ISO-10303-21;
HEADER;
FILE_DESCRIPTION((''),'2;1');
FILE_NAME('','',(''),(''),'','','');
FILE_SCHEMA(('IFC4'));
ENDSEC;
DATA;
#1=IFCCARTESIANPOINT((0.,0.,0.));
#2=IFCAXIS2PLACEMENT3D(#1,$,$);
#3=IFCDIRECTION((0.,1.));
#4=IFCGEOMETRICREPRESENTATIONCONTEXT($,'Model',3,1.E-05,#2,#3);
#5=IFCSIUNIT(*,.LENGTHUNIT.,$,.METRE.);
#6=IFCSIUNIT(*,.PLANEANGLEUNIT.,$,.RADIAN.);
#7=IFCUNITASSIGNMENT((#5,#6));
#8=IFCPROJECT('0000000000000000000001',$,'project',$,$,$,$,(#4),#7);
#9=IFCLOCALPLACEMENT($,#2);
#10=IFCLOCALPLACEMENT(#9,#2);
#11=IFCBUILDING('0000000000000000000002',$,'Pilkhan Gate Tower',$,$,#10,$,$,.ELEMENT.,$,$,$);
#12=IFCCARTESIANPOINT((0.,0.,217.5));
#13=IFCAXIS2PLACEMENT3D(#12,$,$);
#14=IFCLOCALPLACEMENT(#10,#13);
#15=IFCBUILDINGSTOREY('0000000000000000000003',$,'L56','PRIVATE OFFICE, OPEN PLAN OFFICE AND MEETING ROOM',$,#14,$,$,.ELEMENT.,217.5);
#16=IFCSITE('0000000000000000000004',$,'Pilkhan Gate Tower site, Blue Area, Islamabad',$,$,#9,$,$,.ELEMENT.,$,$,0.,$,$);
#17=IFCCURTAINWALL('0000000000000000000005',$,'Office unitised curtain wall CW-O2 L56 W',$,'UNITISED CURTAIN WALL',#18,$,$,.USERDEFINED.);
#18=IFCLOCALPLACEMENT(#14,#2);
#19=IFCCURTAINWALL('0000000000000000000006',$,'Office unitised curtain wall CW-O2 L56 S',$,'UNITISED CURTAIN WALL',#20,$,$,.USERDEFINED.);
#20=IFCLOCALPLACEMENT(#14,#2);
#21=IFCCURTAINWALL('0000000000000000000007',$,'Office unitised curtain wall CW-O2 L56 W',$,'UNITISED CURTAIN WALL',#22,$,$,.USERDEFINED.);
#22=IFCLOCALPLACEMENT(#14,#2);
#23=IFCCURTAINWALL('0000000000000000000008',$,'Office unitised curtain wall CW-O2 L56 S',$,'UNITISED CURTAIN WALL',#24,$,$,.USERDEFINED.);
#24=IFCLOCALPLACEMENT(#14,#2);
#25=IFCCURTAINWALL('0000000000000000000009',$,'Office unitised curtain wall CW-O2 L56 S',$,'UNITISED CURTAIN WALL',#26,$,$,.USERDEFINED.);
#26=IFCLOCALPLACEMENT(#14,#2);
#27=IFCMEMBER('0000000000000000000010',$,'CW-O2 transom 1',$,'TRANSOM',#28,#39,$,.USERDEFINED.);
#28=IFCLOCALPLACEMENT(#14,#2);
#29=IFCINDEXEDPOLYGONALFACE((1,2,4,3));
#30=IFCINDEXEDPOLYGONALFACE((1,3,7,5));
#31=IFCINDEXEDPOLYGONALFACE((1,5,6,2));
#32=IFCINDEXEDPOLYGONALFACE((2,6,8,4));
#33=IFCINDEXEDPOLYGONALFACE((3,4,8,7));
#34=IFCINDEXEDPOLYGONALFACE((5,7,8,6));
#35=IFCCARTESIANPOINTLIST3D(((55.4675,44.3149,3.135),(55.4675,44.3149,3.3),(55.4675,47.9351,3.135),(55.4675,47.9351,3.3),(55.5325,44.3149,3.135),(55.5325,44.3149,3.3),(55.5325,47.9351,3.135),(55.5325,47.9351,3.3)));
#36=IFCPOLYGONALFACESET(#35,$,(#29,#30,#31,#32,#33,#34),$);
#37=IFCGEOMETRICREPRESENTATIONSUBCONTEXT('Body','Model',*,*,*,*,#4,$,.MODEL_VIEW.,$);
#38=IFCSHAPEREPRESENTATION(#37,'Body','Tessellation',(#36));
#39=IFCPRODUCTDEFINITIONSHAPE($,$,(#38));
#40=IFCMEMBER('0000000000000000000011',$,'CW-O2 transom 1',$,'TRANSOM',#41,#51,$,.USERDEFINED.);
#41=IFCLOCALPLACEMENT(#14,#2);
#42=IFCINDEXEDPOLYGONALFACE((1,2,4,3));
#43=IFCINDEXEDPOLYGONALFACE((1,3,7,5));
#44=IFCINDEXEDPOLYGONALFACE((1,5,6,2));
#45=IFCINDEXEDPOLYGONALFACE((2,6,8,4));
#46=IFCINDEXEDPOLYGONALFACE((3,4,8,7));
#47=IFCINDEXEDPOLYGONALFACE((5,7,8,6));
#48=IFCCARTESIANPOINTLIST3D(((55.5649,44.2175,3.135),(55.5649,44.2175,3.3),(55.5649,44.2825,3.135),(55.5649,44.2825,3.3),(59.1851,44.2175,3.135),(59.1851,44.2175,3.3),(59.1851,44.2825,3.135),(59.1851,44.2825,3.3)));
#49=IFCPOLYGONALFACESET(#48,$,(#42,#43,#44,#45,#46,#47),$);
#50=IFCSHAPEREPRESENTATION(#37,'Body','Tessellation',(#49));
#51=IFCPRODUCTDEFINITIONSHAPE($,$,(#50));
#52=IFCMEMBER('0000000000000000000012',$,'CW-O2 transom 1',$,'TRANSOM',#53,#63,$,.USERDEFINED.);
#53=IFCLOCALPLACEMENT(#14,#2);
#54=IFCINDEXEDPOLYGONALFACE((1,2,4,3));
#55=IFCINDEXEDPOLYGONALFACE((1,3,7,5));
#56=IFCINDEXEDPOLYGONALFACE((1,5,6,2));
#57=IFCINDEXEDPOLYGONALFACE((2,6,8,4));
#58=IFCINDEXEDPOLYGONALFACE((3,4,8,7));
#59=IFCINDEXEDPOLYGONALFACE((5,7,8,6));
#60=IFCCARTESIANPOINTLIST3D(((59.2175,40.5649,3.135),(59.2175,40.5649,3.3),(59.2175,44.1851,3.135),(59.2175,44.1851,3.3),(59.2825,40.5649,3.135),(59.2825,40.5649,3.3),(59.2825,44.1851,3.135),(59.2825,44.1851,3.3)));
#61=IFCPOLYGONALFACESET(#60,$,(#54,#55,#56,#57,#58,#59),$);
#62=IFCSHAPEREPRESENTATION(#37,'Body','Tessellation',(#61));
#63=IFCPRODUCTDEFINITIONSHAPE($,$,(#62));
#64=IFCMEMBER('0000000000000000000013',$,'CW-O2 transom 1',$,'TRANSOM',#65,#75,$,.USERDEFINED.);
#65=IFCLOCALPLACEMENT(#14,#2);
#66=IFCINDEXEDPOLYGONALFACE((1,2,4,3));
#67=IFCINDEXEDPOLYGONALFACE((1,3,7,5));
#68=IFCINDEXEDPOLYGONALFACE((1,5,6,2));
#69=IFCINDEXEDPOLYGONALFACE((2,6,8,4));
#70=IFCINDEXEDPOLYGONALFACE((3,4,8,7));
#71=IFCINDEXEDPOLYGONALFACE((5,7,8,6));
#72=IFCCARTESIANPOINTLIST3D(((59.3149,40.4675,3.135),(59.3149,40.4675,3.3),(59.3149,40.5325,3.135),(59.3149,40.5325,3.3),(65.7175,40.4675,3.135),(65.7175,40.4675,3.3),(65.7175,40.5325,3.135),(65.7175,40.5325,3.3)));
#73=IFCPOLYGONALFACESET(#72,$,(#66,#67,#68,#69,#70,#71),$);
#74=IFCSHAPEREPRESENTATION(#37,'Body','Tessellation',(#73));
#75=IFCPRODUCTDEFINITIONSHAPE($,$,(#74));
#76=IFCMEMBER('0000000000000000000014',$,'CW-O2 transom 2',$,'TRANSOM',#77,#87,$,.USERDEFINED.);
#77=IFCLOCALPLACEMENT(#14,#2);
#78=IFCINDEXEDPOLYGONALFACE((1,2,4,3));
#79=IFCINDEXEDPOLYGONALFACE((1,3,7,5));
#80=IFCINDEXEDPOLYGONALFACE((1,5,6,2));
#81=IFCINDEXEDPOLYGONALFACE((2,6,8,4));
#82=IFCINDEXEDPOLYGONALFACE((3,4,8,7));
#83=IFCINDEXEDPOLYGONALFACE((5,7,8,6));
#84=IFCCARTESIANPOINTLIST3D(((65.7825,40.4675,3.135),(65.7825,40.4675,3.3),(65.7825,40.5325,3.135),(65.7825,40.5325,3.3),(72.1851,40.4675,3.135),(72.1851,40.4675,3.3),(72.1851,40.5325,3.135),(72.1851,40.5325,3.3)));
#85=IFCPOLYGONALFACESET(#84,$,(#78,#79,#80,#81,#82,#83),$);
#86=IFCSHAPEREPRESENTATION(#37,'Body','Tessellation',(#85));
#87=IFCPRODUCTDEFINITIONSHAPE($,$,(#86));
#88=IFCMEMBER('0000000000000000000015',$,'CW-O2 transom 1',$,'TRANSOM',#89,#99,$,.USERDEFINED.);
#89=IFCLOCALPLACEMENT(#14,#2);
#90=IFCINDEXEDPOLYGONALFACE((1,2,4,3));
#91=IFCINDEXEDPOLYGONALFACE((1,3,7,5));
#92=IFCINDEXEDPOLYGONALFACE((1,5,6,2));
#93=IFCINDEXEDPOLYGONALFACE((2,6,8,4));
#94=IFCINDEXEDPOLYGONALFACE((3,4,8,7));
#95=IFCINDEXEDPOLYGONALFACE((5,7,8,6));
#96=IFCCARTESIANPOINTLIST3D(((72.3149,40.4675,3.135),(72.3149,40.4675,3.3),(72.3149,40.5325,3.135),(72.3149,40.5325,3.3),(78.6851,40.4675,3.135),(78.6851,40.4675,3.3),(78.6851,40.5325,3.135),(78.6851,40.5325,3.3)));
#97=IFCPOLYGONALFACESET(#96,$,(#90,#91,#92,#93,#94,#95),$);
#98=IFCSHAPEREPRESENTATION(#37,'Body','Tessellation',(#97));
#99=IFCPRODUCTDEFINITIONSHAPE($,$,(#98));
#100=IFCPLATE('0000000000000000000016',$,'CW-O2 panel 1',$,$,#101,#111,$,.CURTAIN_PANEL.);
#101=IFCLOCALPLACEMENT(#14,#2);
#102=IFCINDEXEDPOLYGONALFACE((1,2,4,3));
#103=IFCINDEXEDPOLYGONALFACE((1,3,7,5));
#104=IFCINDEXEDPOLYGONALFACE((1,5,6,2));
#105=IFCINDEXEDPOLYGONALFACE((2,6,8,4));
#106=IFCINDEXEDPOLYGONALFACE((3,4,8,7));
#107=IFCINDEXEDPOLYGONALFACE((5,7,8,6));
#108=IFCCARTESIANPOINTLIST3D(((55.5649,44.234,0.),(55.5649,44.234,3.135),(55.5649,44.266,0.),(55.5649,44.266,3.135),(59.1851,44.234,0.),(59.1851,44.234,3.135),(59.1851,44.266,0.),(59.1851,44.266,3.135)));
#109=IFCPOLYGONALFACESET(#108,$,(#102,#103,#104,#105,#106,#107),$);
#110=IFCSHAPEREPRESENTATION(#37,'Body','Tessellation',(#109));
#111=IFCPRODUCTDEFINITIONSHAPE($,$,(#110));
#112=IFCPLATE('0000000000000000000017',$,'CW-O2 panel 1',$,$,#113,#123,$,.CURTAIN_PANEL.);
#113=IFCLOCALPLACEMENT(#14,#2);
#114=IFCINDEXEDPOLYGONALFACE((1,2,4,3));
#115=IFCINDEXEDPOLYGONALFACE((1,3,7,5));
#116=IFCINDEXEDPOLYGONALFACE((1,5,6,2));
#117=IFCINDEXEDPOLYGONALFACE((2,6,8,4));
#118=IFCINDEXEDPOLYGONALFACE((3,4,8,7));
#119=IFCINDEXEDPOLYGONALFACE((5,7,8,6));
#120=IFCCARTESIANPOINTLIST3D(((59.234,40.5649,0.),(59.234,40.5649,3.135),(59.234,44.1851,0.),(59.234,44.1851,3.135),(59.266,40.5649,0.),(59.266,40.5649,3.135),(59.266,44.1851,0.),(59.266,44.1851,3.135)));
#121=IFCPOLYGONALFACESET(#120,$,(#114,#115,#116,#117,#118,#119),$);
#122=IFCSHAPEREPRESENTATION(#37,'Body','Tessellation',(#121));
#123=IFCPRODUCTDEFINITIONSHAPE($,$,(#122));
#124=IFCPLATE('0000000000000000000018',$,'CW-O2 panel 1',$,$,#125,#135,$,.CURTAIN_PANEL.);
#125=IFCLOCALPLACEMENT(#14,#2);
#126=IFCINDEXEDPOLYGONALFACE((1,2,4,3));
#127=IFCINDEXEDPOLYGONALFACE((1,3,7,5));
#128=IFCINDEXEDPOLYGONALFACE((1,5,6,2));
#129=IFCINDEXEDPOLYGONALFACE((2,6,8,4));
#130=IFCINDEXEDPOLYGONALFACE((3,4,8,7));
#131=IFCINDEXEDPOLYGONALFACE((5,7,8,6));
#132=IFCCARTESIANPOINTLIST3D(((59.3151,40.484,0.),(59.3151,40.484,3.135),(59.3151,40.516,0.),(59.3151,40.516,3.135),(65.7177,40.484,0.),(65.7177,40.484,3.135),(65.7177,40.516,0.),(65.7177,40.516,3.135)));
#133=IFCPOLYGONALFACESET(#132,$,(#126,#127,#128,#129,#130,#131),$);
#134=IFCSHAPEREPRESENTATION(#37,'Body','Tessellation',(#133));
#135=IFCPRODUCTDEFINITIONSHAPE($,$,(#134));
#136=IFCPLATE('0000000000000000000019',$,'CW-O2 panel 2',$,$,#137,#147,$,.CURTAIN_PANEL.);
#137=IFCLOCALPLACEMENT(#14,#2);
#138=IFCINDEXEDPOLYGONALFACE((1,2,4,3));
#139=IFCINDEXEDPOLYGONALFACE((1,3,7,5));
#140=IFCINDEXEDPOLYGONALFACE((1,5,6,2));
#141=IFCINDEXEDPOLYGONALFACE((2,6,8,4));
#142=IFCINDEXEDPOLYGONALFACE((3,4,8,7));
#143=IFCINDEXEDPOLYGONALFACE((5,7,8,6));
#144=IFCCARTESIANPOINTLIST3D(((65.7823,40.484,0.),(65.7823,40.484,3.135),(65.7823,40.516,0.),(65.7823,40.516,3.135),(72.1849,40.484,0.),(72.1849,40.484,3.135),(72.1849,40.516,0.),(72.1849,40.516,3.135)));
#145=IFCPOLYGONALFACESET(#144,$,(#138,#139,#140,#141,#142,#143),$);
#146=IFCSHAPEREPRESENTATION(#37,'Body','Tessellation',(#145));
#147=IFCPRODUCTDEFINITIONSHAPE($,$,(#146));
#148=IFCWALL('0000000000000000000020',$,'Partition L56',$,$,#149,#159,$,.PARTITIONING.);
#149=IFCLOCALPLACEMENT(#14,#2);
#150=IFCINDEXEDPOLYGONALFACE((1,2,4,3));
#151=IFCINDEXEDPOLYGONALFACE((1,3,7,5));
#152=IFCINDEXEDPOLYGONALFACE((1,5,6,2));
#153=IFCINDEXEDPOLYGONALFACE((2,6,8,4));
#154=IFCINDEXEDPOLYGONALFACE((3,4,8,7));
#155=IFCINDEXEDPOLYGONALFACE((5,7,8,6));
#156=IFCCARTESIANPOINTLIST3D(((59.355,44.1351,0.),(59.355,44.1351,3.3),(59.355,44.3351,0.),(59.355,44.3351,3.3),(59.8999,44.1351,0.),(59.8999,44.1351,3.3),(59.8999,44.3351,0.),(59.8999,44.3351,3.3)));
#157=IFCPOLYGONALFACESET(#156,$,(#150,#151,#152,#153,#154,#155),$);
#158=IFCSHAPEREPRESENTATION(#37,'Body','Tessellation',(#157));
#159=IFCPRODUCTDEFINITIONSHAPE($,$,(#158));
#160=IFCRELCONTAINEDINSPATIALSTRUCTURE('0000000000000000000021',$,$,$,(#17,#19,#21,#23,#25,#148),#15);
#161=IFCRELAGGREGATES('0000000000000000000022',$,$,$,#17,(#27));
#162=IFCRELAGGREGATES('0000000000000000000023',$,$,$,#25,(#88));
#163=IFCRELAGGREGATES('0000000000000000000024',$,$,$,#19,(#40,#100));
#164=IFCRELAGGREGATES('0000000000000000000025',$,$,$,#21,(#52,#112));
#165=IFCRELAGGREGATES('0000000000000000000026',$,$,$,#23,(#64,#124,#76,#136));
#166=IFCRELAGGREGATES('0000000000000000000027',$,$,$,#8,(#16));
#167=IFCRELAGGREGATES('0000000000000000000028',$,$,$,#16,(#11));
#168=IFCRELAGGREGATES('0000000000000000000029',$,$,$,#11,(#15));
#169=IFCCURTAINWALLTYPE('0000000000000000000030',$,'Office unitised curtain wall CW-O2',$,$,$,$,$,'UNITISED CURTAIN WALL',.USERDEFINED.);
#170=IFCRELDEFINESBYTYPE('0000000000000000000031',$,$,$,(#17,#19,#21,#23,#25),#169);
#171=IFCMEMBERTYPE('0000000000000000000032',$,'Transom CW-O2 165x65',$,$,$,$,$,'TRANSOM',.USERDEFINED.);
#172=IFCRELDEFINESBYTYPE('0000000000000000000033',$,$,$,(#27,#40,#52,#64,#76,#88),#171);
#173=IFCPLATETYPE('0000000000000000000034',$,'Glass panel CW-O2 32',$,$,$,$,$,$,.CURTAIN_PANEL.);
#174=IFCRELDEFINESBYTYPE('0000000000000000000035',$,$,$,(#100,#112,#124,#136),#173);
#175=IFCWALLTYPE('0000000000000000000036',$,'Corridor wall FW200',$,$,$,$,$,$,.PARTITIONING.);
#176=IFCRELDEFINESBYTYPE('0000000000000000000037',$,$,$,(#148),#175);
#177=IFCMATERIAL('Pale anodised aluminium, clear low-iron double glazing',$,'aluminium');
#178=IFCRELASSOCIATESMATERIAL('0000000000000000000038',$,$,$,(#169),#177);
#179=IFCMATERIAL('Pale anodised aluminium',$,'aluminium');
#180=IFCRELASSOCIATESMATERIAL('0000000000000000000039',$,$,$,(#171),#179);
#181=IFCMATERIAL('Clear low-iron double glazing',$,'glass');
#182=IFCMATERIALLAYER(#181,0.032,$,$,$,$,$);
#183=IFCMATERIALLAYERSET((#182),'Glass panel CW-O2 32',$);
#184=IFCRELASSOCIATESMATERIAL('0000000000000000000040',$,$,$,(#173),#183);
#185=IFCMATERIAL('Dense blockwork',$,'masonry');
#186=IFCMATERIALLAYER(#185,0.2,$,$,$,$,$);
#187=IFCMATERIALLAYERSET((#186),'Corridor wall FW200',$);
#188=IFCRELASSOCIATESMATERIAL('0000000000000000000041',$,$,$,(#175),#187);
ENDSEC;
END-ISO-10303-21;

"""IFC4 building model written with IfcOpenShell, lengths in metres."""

from ifc_helpers import new_model, si_unit, direction, frame, frame_2d, origin, origin_2d, place, context, subcontext, project, spatial, rectangle, extrude, material, layer, layer_set, material_profile, profile_set, type_object, element, aggregate, save


model = new_model("IFC4")

# Units and contexts
model_context = context("Model", 3, precision=1e-05, world=origin(), true_north=direction((0.0, 1.0)))
body_context = subcontext(model_context, "Body", "Model", "MODEL_VIEW")
ifc_project = project(units=[si_unit("LENGTHUNIT", "METRE"), si_unit("PLANEANGLEUNIT", "RADIAN")], contexts=[model_context])

# Site, building, storey
site_placement = place(None, origin())
site = spatial("IfcSite", under=ifc_project, at=site_placement, Name="Pilkhan Gate Tower site, Blue Area, Islamabad", CompositionType="ELEMENT", RefElevation=0.0)
building_placement = place(site_placement, origin())
building = spatial("IfcBuilding", under=site, at=building_placement, Name="Pilkhan Gate Tower", CompositionType="ELEMENT")
storey_placement = place(building_placement, frame((0.0, 0.0, 217.5)))
storey = spatial("IfcBuildingStorey", under=building, at=storey_placement, Name="L56", Description="PRIVATE OFFICE, OPEN PLAN OFFICE AND MEETING ROOM", CompositionType="ELEMENT", Elevation=217.5)

# Curtain wall
ifc_material_1 = material(Name="Pale anodised aluminium, clear low-iron double glazing", Category="aluminium")
curtain_wall_type = type_object("IfcCurtainWallType", Name="Office unitised curtain wall CW-O2", ElementType="UNITISED CURTAIN WALL", PredefinedType="USERDEFINED", material=ifc_material_1)
curtain_wall_1_placement = place(storey_placement, origin())
curtain_wall_1 = element("IfcCurtainWall", 1, at=curtain_wall_1_placement, inside=storey, type_object=curtain_wall_type, Name="Office unitised curtain wall CW-O2 L56 W", ObjectType="UNITISED CURTAIN WALL", PredefinedType="USERDEFINED")
ifc_material_2 = material(Name="Pale anodised aluminium", Category="aluminium")

# Curtain walls
curtain_wall_2_placement = place(storey_placement, origin())
curtain_wall_2 = element("IfcCurtainWall", 2, at=curtain_wall_2_placement, inside=storey, type_object=curtain_wall_type, Name="Office unitised curtain wall CW-O2 L56 S", ObjectType="UNITISED CURTAIN WALL", PredefinedType="USERDEFINED")
curtain_wall_3_placement = place(storey_placement, origin())
curtain_wall_3 = element("IfcCurtainWall", 3, at=curtain_wall_3_placement, inside=storey, type_object=curtain_wall_type, Name="Office unitised curtain wall CW-O2 L56 W", ObjectType="UNITISED CURTAIN WALL", PredefinedType="USERDEFINED")
curtain_wall_4_placement = place(storey_placement, origin())
curtain_wall_4 = element("IfcCurtainWall", 4, at=curtain_wall_4_placement, inside=storey, type_object=curtain_wall_type, Name="Office unitised curtain wall CW-O2 L56 S", ObjectType="UNITISED CURTAIN WALL", PredefinedType="USERDEFINED")

# Curtain wall
curtain_wall_5_placement = place(storey_placement, origin())
curtain_wall_5 = element("IfcCurtainWall", 5, at=curtain_wall_5_placement, inside=storey, type_object=curtain_wall_type, Name="Office unitised curtain wall CW-O2 L56 S", ObjectType="UNITISED CURTAIN WALL", PredefinedType="USERDEFINED")

# Members
ifc_material_profile_1 = material_profile(ifc_material_2, rectangle(XDim=0.0649, YDim=0.165, at=origin_2d()), Name="Transom 165x65")
ifc_profile_set_1 = profile_set([ifc_material_profile_1], Name="Pale anodised aluminium")
member_type_1 = type_object("IfcMemberType", Name="Transom CW-O2 165x65", ElementType="TRANSOM", PredefinedType="USERDEFINED", material=ifc_profile_set_1)
member_1_placement = place(storey_placement, frame((55.5, 44.3149, 3.2175), z_axis=(0.0, 1.0, 0.0), x_axis=(-1.0, 0.0, 0.0)))
member_1 = element("IfcMember", 6, at=member_1_placement, type_object=member_type_1, Name="CW-O2 transom 1", ObjectType="TRANSOM", PredefinedType="USERDEFINED", context=body_context, shape_type="SweptSolid", body=[
    extrude(rectangle(XDim=0.0649, YDim=0.165, at=origin_2d()), origin(), (0.0, 0.0, 1.0), 3.6201),
])
aggregate(curtain_wall_1, [member_1])
member_2_placement = place(storey_placement, frame((55.5649, 44.25, 3.2175), z_axis=(1.0, 0.0, 0.0), x_axis=(0.0, 1.0, 0.0)))
member_2 = element("IfcMember", 7, at=member_2_placement, type_object=member_type_1, Name="CW-O2 transom 1", ObjectType="TRANSOM", PredefinedType="USERDEFINED", context=body_context, shape_type="SweptSolid", body=[
    extrude(rectangle(XDim=0.0649, YDim=0.165, at=origin_2d()), origin(), (0.0, 0.0, 1.0), 3.6201),
])
member_3_placement = place(storey_placement, frame((59.25, 40.5649, 3.2175), z_axis=(0.0, 1.0, 0.0), x_axis=(-1.0, 0.0, 0.0)))
member_3 = element("IfcMember", 8, at=member_3_placement, type_object=member_type_1, Name="CW-O2 transom 1", ObjectType="TRANSOM", PredefinedType="USERDEFINED", context=body_context, shape_type="SweptSolid", body=[
    extrude(rectangle(XDim=0.0649, YDim=0.165, at=origin_2d()), origin(), (0.0, 0.0, 1.0), 3.6201),
])
member_4_placement = place(storey_placement, frame((59.3149, 40.5, 3.2175), z_axis=(1.0, 0.0, 0.0), x_axis=(0.0, 1.0, 0.0)))
member_4 = element("IfcMember", 9, at=member_4_placement, type_object=member_type_1, Name="CW-O2 transom 1", ObjectType="TRANSOM", PredefinedType="USERDEFINED", context=body_context, shape_type="SweptSolid", body=[
    extrude(rectangle(XDim=0.0649, YDim=0.165, at=origin_2d()), origin(), (0.0, 0.0, 1.0), 6.4026),
])
member_5_placement = place(storey_placement, frame((65.7825, 40.5, 3.2175), z_axis=(1.0, 0.0, 0.0), x_axis=(0.0, 1.0, 0.0)))
member_5 = element("IfcMember", 10, at=member_5_placement, type_object=member_type_1, Name="CW-O2 transom 2", ObjectType="TRANSOM", PredefinedType="USERDEFINED", context=body_context, shape_type="SweptSolid", body=[
    extrude(rectangle(XDim=0.0649, YDim=0.165, at=origin_2d()), origin(), (0.0, 0.0, 1.0), 6.4026),
])
member_6_placement = place(storey_placement, frame((72.3149, 40.5, 3.2175), z_axis=(1.0, 0.0, 0.0), x_axis=(0.0, 1.0, 0.0)))
member_6 = element("IfcMember", 11, at=member_6_placement, type_object=member_type_1, Name="CW-O2 transom 1", ObjectType="TRANSOM", PredefinedType="USERDEFINED", context=body_context, shape_type="SweptSolid", body=[
    extrude(rectangle(XDim=0.0649, YDim=0.165, at=origin_2d()), origin(), (0.0, 0.0, 1.0), 6.3701),
])
aggregate(curtain_wall_5, [member_6])

# Plates
ifc_material_3 = material(Name="Clear low-iron double glazing", Category="glass")
ifc_layer_1 = layer(ifc_material_3, 0.032)
ifc_layer_set_1 = layer_set([ifc_layer_1], Name="Glass panel CW-O2 32")
plate_type = type_object("IfcPlateType", Name="Glass panel CW-O2 32", PredefinedType="CURTAIN_PANEL", material=ifc_layer_set_1)
plate_1_placement = place(storey_placement, frame((57.375, 44.25, 0.0), z_axis=(0.0, 0.0, 1.0), x_axis=(1.0, 0.0, 0.0)))
plate_1 = element("IfcPlate", 12, at=plate_1_placement, type_object=plate_type, Name="CW-O2 panel 1", PredefinedType="CURTAIN_PANEL", context=body_context, shape_type="SweptSolid", body=[
    extrude(rectangle(XDim=3.6201, YDim=0.032, at=origin_2d()), origin(), (0.0, 0.0, 1.0), 3.135),
])
aggregate(curtain_wall_2, [member_2, plate_1])
plate_2_placement = place(storey_placement, frame((59.25, 42.375, 0.0), z_axis=(0.0, 0.0, 1.0), x_axis=(0.0, 1.0, 0.0)))
plate_2 = element("IfcPlate", 13, at=plate_2_placement, type_object=plate_type, Name="CW-O2 panel 1", PredefinedType="CURTAIN_PANEL", context=body_context, shape_type="SweptSolid", body=[
    extrude(rectangle(XDim=3.6201, YDim=0.032, at=origin_2d()), origin(), (0.0, 0.0, 1.0), 3.135),
])
aggregate(curtain_wall_3, [member_3, plate_2])
plate_3_placement = place(storey_placement, frame((62.5164, 40.5, 0.0), z_axis=(0.0, 0.0, 1.0), x_axis=(1.0, 0.0, 0.0)))
plate_3 = element("IfcPlate", 14, at=plate_3_placement, type_object=plate_type, Name="CW-O2 panel 1", PredefinedType="CURTAIN_PANEL", context=body_context, shape_type="SweptSolid", body=[
    extrude(rectangle(XDim=6.4026, YDim=0.032, at=origin_2d()), origin(), (0.0, 0.0, 1.0), 3.135),
])
plate_4_placement = place(storey_placement, frame((68.9836, 40.5, 0.0), z_axis=(0.0, 0.0, 1.0), x_axis=(1.0, 0.0, 0.0)))
plate_4 = element("IfcPlate", 15, at=plate_4_placement, type_object=plate_type, Name="CW-O2 panel 2", PredefinedType="CURTAIN_PANEL", context=body_context, shape_type="SweptSolid", body=[
    extrude(rectangle(XDim=6.4026, YDim=0.032, at=origin_2d()), origin(), (0.0, 0.0, 1.0), 3.135),
])
aggregate(curtain_wall_4, [member_4, plate_3, member_5, plate_4])

# Wall
ifc_material_4 = material(Name="Dense blockwork", Category="masonry")
ifc_layer_2 = layer(ifc_material_4, 0.2)
ifc_layer_set_2 = layer_set([ifc_layer_2], Name="Corridor wall FW200")
wall_type_1 = type_object("IfcWallType", Name="Corridor wall FW200", PredefinedType="PARTITIONING", material=ifc_layer_set_2)
wall_1_placement = place(storey_placement, frame((59.355, 44.2351, 0.0), z_axis=(0.0, 0.0, 1.0), x_axis=(1.0, 0.0, 0.0)))
element("IfcWall", 16, at=wall_1_placement, inside=storey, type_object=wall_type_1, Name="Partition L56", PredefinedType="PARTITIONING", context=body_context, shape_type="SweptSolid", body=[
    extrude(rectangle(XDim=0.5449, YDim=0.2, at=frame_2d((0.2725, 0.0))), origin(), (0.0, 0.0, 1.0), 3.3),
])

save(model, "model.ifc")
